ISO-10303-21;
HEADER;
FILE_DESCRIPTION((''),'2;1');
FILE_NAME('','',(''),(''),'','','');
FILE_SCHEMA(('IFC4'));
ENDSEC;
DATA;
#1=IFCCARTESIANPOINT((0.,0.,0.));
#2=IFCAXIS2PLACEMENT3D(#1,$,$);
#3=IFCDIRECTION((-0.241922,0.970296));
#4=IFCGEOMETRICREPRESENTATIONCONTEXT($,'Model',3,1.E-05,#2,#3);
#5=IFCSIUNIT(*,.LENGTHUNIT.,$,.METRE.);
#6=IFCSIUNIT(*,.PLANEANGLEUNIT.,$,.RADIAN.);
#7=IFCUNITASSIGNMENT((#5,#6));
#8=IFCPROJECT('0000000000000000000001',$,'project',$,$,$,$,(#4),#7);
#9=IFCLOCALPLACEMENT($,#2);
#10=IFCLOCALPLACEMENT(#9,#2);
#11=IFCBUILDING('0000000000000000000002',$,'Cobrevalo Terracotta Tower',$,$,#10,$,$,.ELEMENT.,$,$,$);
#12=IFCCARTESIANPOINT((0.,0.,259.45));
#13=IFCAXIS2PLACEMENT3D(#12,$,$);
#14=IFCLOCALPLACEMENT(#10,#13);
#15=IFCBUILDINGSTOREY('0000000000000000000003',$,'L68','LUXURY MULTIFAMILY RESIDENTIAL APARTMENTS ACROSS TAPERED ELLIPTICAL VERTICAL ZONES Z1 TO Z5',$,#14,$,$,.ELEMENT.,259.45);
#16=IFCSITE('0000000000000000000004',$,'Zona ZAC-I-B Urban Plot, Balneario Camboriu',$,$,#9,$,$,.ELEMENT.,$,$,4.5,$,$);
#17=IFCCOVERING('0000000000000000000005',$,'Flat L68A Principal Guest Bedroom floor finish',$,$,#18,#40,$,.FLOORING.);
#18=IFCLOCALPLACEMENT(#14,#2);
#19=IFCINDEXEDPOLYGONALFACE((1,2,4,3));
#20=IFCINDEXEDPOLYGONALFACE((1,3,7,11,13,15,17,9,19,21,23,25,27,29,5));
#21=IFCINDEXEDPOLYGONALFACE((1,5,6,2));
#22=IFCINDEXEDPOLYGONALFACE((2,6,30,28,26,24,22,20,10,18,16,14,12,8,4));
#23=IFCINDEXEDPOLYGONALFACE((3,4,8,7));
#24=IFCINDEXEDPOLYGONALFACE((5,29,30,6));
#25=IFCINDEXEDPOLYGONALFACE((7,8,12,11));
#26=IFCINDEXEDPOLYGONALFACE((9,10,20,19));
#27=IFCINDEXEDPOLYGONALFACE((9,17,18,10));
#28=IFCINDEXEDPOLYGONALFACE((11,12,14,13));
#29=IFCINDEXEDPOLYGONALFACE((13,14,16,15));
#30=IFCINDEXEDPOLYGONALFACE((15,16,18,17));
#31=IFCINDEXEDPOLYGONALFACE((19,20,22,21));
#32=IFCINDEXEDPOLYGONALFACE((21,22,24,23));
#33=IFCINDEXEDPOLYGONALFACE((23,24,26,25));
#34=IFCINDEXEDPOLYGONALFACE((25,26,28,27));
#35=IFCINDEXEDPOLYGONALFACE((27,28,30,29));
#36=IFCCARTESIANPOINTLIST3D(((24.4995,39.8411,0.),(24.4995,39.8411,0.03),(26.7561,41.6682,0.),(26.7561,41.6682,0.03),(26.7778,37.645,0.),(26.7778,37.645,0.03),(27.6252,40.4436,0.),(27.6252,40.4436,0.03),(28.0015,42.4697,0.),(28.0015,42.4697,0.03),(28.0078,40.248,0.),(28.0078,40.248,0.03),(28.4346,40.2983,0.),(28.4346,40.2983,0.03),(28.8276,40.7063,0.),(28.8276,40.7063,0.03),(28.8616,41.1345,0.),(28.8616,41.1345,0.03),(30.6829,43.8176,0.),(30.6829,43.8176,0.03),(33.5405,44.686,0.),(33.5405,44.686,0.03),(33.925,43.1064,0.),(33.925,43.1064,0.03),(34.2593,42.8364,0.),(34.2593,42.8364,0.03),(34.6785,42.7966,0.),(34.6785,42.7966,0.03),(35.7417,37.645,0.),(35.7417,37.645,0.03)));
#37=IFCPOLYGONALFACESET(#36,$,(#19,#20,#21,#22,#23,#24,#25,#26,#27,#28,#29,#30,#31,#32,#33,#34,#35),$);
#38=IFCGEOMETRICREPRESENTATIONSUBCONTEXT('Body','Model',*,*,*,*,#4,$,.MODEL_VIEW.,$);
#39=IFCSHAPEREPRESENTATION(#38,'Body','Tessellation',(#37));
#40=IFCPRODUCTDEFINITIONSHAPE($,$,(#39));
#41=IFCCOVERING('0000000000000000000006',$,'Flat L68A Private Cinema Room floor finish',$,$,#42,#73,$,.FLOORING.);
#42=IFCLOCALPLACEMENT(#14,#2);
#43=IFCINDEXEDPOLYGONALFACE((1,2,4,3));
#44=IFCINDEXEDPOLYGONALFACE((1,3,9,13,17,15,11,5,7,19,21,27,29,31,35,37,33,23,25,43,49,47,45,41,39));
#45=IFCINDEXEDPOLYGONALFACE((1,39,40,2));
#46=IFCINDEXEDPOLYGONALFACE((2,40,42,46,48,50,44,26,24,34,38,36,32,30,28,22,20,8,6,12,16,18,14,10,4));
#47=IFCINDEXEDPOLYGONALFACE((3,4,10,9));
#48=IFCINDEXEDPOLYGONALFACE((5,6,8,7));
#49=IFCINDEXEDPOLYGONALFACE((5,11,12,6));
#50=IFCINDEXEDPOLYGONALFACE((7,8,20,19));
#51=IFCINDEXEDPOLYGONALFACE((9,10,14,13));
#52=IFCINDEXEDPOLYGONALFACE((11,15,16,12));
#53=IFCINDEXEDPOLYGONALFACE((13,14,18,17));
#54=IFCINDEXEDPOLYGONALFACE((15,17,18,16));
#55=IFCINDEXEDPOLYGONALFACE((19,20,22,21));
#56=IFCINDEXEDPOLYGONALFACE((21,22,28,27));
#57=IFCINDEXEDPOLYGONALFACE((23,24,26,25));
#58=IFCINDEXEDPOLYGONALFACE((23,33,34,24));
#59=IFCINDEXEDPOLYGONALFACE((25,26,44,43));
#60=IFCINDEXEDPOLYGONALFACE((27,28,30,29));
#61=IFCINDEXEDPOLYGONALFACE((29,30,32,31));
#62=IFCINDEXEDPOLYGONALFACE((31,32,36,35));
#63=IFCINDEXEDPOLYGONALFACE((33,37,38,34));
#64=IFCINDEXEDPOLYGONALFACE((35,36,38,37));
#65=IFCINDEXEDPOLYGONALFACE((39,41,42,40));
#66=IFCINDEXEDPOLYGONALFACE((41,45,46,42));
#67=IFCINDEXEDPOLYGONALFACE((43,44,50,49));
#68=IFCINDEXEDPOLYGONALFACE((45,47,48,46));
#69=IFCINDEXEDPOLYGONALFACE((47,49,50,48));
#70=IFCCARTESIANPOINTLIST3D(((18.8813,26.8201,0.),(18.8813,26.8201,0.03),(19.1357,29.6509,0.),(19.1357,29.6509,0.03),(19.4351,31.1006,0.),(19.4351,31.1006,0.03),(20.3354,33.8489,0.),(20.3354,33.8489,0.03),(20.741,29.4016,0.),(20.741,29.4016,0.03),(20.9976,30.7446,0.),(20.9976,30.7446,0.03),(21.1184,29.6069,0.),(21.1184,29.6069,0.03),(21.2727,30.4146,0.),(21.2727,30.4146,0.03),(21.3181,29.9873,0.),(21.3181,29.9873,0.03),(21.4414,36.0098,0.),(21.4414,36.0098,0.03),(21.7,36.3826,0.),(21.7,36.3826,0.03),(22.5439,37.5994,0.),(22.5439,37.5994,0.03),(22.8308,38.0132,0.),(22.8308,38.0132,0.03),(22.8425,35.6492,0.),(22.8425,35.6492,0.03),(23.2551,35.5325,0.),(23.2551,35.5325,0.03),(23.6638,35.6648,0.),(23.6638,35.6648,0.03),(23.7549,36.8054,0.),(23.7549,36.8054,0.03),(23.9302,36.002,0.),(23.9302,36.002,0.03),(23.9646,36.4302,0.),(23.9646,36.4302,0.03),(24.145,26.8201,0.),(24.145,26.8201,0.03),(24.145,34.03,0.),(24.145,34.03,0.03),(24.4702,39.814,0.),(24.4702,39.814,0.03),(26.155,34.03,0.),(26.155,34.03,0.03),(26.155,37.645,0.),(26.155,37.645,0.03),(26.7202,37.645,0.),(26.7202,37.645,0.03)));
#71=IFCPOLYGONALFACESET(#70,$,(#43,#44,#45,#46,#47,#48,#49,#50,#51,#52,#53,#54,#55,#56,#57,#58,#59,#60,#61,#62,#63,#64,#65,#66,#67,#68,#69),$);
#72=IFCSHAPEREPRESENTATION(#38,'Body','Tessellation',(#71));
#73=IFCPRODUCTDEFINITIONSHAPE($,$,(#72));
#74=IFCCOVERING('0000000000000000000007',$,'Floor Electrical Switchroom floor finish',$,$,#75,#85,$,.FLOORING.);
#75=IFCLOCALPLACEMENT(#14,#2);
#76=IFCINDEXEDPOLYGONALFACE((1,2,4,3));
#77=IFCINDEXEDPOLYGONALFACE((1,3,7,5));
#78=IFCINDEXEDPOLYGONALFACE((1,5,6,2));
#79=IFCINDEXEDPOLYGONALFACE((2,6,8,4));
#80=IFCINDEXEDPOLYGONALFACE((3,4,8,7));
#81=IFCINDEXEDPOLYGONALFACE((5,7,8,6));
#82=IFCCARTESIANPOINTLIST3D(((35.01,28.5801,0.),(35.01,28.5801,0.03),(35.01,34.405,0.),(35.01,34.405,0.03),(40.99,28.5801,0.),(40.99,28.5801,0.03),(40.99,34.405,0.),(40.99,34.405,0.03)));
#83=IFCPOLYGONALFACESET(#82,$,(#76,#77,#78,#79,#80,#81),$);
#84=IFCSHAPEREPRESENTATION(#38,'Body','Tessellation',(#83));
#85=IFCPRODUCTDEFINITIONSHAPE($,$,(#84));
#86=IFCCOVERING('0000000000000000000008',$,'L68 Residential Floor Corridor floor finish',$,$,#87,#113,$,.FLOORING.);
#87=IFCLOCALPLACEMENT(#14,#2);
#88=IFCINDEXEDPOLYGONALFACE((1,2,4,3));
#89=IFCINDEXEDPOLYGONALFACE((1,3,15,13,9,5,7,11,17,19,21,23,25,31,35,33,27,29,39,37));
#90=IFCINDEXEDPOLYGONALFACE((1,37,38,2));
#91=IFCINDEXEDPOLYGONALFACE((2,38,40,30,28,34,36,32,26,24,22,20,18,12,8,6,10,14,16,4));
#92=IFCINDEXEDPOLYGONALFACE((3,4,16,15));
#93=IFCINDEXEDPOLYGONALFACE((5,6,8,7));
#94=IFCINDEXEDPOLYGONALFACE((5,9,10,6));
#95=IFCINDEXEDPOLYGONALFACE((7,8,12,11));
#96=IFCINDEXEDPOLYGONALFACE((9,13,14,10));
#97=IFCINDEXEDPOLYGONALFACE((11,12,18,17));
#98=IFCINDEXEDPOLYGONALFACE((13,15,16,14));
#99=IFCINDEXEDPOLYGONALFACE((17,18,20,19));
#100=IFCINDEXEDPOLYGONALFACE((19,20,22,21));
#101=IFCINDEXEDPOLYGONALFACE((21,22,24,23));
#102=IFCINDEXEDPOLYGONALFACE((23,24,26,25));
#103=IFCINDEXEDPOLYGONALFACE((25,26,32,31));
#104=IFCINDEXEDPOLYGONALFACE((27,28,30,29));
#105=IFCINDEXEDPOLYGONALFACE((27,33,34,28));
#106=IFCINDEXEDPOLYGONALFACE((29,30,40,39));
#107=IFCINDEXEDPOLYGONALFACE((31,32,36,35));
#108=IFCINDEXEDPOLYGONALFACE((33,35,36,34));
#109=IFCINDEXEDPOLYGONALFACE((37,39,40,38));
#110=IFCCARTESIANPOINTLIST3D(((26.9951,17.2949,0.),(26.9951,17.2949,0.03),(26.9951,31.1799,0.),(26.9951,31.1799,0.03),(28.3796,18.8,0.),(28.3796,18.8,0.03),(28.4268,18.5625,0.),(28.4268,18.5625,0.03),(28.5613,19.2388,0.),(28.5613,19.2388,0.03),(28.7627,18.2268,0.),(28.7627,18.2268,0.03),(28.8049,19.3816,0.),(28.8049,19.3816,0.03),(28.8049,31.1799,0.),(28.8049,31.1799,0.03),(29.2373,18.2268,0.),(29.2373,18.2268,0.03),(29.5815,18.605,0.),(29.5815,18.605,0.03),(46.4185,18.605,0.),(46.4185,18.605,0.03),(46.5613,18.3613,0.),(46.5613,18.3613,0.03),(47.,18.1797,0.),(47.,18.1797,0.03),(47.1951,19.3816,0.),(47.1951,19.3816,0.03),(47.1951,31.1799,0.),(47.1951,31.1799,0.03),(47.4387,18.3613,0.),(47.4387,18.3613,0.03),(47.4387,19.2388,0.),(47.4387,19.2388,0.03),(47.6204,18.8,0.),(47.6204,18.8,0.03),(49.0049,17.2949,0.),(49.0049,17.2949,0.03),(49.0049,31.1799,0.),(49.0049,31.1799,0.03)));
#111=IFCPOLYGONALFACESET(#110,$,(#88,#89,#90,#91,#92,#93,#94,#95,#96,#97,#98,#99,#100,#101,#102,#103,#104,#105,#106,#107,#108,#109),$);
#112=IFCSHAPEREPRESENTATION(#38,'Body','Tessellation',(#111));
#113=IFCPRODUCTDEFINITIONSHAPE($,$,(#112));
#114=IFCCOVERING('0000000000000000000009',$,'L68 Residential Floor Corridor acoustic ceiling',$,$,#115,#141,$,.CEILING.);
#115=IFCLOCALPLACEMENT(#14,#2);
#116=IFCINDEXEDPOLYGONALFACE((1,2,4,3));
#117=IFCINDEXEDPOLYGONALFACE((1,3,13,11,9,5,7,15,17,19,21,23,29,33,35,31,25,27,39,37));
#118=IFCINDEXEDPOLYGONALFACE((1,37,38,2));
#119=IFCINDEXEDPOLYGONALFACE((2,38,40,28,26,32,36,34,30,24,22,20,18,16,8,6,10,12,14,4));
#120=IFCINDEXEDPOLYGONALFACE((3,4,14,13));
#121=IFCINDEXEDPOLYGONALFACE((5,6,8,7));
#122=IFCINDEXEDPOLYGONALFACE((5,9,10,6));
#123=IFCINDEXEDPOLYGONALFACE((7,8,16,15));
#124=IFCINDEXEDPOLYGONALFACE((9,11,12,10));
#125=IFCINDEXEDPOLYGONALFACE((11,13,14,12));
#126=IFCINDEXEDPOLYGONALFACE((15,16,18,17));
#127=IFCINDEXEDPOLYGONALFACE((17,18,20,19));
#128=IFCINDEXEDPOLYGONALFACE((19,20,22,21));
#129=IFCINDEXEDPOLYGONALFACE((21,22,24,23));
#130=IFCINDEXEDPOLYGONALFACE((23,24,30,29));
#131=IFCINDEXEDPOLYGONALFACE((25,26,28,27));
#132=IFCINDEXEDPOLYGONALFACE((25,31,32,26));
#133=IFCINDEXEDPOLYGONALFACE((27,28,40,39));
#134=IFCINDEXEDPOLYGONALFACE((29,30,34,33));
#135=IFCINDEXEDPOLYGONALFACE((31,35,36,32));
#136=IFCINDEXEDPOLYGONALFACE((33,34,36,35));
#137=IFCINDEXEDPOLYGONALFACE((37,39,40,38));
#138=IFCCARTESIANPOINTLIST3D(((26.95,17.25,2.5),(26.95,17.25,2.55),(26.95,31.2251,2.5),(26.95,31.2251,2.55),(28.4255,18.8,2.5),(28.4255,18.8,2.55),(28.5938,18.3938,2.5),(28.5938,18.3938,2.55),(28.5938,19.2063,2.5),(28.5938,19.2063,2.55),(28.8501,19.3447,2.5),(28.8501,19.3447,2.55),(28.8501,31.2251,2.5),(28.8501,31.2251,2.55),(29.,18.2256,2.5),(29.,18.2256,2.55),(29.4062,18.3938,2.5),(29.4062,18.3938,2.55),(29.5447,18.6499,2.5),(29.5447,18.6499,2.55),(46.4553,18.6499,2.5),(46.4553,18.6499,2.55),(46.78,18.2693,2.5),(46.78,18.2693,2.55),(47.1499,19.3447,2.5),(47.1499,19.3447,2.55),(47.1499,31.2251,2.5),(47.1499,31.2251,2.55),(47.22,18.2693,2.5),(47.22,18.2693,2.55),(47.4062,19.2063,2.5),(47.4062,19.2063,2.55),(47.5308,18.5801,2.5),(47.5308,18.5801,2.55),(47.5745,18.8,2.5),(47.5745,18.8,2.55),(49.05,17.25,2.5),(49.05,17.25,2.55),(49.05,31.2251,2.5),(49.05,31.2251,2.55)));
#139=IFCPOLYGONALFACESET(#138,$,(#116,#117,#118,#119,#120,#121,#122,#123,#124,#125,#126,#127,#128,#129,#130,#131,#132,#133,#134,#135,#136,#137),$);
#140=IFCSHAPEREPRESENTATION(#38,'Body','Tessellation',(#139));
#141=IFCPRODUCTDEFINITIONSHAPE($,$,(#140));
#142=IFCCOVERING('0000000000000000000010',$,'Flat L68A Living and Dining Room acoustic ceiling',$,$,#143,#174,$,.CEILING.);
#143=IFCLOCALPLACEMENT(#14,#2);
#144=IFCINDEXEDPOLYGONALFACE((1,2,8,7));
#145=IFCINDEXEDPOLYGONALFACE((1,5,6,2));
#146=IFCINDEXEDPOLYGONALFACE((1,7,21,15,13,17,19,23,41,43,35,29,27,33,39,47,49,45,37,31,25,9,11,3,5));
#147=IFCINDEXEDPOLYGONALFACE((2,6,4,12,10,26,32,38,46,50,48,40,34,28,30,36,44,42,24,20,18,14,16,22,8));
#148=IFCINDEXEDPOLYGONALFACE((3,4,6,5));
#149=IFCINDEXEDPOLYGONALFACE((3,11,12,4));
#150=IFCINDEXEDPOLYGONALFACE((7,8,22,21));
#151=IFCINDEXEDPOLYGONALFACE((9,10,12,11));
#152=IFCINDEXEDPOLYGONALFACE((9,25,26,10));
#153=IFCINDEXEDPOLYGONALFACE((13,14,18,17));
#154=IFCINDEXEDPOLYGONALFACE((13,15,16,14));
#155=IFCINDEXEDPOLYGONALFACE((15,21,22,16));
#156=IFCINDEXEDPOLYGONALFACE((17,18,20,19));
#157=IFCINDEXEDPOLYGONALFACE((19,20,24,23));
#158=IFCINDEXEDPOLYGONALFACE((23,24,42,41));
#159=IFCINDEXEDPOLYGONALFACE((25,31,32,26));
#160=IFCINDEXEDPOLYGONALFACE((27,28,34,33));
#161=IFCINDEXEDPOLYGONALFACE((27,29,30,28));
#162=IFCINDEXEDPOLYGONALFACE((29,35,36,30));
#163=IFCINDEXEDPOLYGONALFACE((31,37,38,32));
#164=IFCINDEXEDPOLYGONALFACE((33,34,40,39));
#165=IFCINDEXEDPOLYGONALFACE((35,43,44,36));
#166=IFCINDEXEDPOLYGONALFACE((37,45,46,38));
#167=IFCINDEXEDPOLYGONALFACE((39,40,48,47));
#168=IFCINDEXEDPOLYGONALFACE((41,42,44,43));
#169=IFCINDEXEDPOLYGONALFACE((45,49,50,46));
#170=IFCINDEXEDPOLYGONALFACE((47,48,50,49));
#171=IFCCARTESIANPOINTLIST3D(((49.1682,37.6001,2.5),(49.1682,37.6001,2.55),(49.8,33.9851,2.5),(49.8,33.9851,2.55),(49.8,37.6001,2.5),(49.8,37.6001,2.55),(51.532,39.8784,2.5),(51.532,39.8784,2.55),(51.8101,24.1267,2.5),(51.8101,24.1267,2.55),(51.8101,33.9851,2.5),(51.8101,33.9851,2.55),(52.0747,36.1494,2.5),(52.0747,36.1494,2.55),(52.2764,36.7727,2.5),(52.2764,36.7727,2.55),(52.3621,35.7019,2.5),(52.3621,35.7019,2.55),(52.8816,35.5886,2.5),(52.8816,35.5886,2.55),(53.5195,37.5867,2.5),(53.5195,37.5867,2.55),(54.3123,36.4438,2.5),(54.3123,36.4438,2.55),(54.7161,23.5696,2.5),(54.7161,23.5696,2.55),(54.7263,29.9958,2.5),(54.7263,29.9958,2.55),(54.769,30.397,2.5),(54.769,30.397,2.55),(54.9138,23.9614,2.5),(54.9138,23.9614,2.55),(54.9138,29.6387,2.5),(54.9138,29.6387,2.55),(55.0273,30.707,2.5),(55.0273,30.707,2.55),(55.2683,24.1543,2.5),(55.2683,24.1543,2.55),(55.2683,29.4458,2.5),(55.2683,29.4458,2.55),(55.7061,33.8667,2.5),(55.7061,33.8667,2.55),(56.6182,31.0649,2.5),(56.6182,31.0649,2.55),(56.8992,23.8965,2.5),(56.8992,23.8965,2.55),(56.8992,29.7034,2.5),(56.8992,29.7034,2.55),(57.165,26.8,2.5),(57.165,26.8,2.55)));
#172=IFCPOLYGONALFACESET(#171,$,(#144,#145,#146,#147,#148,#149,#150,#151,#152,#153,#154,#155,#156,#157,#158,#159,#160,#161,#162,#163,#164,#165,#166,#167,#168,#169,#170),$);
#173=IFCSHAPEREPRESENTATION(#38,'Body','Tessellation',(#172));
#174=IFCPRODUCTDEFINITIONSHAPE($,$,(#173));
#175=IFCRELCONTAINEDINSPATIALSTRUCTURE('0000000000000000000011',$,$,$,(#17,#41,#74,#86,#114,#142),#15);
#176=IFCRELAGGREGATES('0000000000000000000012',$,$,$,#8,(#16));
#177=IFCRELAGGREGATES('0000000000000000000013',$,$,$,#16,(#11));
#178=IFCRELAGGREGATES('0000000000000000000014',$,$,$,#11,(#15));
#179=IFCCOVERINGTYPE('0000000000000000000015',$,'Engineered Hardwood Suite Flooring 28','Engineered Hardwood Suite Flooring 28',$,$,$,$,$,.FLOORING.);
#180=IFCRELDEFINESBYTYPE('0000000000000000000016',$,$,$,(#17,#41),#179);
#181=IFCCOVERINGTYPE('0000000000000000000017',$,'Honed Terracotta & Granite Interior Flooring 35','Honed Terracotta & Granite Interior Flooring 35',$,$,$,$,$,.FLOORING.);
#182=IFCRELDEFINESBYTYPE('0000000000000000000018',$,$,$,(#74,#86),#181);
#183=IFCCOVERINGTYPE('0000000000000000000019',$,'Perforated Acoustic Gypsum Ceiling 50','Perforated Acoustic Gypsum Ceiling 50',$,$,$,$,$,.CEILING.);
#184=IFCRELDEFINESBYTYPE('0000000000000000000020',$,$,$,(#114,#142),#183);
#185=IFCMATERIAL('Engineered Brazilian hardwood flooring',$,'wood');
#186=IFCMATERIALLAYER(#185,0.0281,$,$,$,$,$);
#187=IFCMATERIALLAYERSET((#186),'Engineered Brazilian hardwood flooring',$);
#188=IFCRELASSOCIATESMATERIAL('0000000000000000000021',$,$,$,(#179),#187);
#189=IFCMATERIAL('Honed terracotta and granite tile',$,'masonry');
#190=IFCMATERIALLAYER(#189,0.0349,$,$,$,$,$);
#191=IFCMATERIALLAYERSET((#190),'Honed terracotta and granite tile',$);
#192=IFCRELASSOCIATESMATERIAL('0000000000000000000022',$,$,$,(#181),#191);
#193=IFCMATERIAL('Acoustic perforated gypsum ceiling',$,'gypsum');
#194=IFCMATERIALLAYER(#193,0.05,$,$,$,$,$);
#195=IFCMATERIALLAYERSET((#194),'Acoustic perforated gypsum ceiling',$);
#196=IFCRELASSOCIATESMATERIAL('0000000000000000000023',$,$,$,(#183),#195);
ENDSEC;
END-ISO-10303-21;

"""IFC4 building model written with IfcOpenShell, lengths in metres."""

from ifc_helpers import new_model, si_unit, direction, frame, origin, place, context, subcontext, project, spatial, polyline, outline, extrude, material, layer, layer_set, type_object, element, save


model = new_model("IFC4")

# Units and contexts
model_context = context("Model", 3, precision=1e-05, world=origin(), true_north=direction((-0.241922, 0.970296)))
body_context = subcontext(model_context, "Body", "Model", "MODEL_VIEW")
ifc_project = project(units=[si_unit("LENGTHUNIT", "METRE"), si_unit("PLANEANGLEUNIT", "RADIAN")], contexts=[model_context])

# Site, building, storey
site_placement = place(None, origin())
site = spatial("IfcSite", under=ifc_project, at=site_placement, Name="Zona ZAC-I-B Urban Plot, Balneario Camboriu", CompositionType="ELEMENT", RefElevation=4.5)
building_placement = place(site_placement, origin())
building = spatial("IfcBuilding", under=site, at=building_placement, Name="Cobrevalo Terracotta Tower", CompositionType="ELEMENT")
storey_placement = place(building_placement, frame((0.0, 0.0, 259.45)))
storey = spatial("IfcBuildingStorey", under=building, at=storey_placement, Name="L68", Description="LUXURY MULTIFAMILY RESIDENTIAL APARTMENTS ACROSS TAPERED ELLIPTICAL VERTICAL ZONES Z1 TO Z5", CompositionType="ELEMENT", Elevation=259.45)

# Coverings
ifc_material_1 = material(Name="Engineered Brazilian hardwood flooring", Category="wood")
ifc_layer_1 = layer(ifc_material_1, 0.0281)
ifc_layer_set_1 = layer_set([ifc_layer_1], Name="Engineered Brazilian hardwood flooring")
covering_type_1 = type_object("IfcCoveringType", Name="Engineered Hardwood Suite Flooring 28", Description="Engineered Hardwood Suite Flooring 28", PredefinedType="FLOORING", material=ifc_layer_set_1)
covering_1_placement = place(storey_placement, origin())
element("IfcCovering", 1, at=covering_1_placement, inside=storey, type_object=covering_type_1, Name="Flat L68A Principal Guest Bedroom floor finish", PredefinedType="FLOORING", context=body_context, shape_type="SweptSolid", body=[
    extrude(outline(polyline([(24.4995, 39.8411), (26.7561, 41.6682), (27.6252, 40.4436), (28.0078, 40.248), (28.4346, 40.2983), (28.8276, 40.7063), (28.8616, 41.1345), (28.0015, 42.4697), (30.6829, 43.8176), (33.5405, 44.686), (33.925, 43.1064), (34.2593, 42.8364), (34.6785, 42.7966), (35.7417, 37.645), (26.7778, 37.645), (24.4995, 39.8411)])), origin(), (0.0, 0.0, 1.0), 0.03),
])
covering_2_placement = place(storey_placement, origin())
element("IfcCovering", 2, at=covering_2_placement, inside=storey, type_object=covering_type_1, Name="Flat L68A Private Cinema Room floor finish", PredefinedType="FLOORING", context=body_context, shape_type="SweptSolid", body=[
    extrude(outline(polyline([(26.7202, 37.645), (26.155, 37.645), (26.155, 34.03), (24.145, 34.03), (24.145, 26.8201), (18.8813, 26.8201), (19.1357, 29.6509), (20.741, 29.4016), (21.1184, 29.6069), (21.3181, 29.9873), (21.2727, 30.4146), (20.9976, 30.7446), (19.4351, 31.1006), (20.3354, 33.8489), (21.4414, 36.0098), (21.7, 36.3826), (22.8425, 35.6492), (23.2551, 35.5325), (23.6638, 35.6648), (23.9302, 36.002), (23.9646, 36.4302), (23.7549, 36.8054), (22.5439, 37.5994), (22.8308, 38.0132), (24.4702, 39.814), (26.7202, 37.645)])), origin(), (0.0, 0.0, 1.0), 0.03),
])
ifc_material_2 = material(Name="Honed terracotta and granite tile", Category="masonry")
ifc_layer_2 = layer(ifc_material_2, 0.0349)
ifc_layer_set_2 = layer_set([ifc_layer_2], Name="Honed terracotta and granite tile")
covering_type_2 = type_object("IfcCoveringType", Name="Honed Terracotta & Granite Interior Flooring 35", Description="Honed Terracotta & Granite Interior Flooring 35", PredefinedType="FLOORING", material=ifc_layer_set_2)
covering_3_placement = place(storey_placement, origin())
element("IfcCovering", 3, at=covering_3_placement, inside=storey, type_object=covering_type_2, Name="Floor Electrical Switchroom floor finish", PredefinedType="FLOORING", context=body_context, shape_type="SweptSolid", body=[
    extrude(outline(polyline([(35.01, 34.405), (40.99, 34.405), (40.99, 28.5801), (35.01, 28.5801), (35.01, 34.405)])), origin(), (0.0, 0.0, 1.0), 0.03),
])
covering_4_placement = place(storey_placement, origin())
element("IfcCovering", 4, at=covering_4_placement, inside=storey, type_object=covering_type_2, Name="L68 Residential Floor Corridor floor finish", PredefinedType="FLOORING", context=body_context, shape_type="SweptSolid", body=[
    extrude(outline(polyline([(26.9951, 31.1799), (28.8049, 31.1799), (28.8049, 19.3816), (28.5613, 19.2388), (28.3796, 18.8), (28.4268, 18.5625), (28.7627, 18.2268), (29.2373, 18.2268), (29.5815, 18.605), (46.4185, 18.605), (46.5613, 18.3613), (47.0, 18.1797), (47.4387, 18.3613), (47.6204, 18.8), (47.4387, 19.2388), (47.1951, 19.3816), (47.1951, 31.1799), (49.0049, 31.1799), (49.0049, 17.2949), (26.9951, 17.2949), (26.9951, 31.1799)])), origin(), (0.0, 0.0, 1.0), 0.03),
])
ifc_material_3 = material(Name="Acoustic perforated gypsum ceiling", Category="gypsum")
ifc_layer_3 = layer(ifc_material_3, 0.05)
ifc_layer_set_3 = layer_set([ifc_layer_3], Name="Acoustic perforated gypsum ceiling")
covering_type_3 = type_object("IfcCoveringType", Name="Perforated Acoustic Gypsum Ceiling 50", Description="Perforated Acoustic Gypsum Ceiling 50", PredefinedType="CEILING", material=ifc_layer_set_3)
covering_5_placement = place(storey_placement, frame((0.0, 0.0, 2.5)))
element("IfcCovering", 5, at=covering_5_placement, inside=storey, type_object=covering_type_3, Name="L68 Residential Floor Corridor acoustic ceiling", PredefinedType="CEILING", context=body_context, shape_type="SweptSolid", body=[
    extrude(outline(polyline([(26.95, 31.2251), (28.8501, 31.2251), (28.8501, 19.3447), (28.5938, 19.2063), (28.4255, 18.8), (28.5938, 18.3938), (29.0, 18.2256), (29.4062, 18.3938), (29.5447, 18.6499), (46.4553, 18.6499), (46.78, 18.2693), (47.22, 18.2693), (47.5308, 18.5801), (47.5745, 18.8), (47.4062, 19.2063), (47.1499, 19.3447), (47.1499, 31.2251), (49.05, 31.2251), (49.05, 17.25), (26.95, 17.25), (26.95, 31.2251)])), origin(), (0.0, 0.0, 1.0), 0.05),
])
covering_6_placement = place(storey_placement, frame((0.0, 0.0, 2.5)))
element("IfcCovering", 6, at=covering_6_placement, inside=storey, type_object=covering_type_3, Name="Flat L68A Living and Dining Room acoustic ceiling", PredefinedType="CEILING", context=body_context, shape_type="SweptSolid", body=[
    extrude(outline(polyline([(51.532, 39.8784), (53.5195, 37.5867), (52.2764, 36.7727), (52.0747, 36.1494), (52.3621, 35.7019), (52.8816, 35.5886), (54.3123, 36.4438), (55.7061, 33.8667), (56.6182, 31.0649), (55.0273, 30.707), (54.769, 30.397), (54.7263, 29.9958), (54.9138, 29.6387), (55.2683, 29.4458), (56.8992, 29.7034), (57.165, 26.8), (56.8992, 23.8965), (55.2683, 24.1543), (54.9138, 23.9614), (54.7161, 23.5696), (51.8101, 24.1267), (51.8101, 33.9851), (49.8, 33.9851), (49.8, 37.6001), (49.1682, 37.6001), (51.532, 39.8784)])), origin(), (0.0, 0.0, 1.0), 0.05),
])

save(model, "model.ifc")
